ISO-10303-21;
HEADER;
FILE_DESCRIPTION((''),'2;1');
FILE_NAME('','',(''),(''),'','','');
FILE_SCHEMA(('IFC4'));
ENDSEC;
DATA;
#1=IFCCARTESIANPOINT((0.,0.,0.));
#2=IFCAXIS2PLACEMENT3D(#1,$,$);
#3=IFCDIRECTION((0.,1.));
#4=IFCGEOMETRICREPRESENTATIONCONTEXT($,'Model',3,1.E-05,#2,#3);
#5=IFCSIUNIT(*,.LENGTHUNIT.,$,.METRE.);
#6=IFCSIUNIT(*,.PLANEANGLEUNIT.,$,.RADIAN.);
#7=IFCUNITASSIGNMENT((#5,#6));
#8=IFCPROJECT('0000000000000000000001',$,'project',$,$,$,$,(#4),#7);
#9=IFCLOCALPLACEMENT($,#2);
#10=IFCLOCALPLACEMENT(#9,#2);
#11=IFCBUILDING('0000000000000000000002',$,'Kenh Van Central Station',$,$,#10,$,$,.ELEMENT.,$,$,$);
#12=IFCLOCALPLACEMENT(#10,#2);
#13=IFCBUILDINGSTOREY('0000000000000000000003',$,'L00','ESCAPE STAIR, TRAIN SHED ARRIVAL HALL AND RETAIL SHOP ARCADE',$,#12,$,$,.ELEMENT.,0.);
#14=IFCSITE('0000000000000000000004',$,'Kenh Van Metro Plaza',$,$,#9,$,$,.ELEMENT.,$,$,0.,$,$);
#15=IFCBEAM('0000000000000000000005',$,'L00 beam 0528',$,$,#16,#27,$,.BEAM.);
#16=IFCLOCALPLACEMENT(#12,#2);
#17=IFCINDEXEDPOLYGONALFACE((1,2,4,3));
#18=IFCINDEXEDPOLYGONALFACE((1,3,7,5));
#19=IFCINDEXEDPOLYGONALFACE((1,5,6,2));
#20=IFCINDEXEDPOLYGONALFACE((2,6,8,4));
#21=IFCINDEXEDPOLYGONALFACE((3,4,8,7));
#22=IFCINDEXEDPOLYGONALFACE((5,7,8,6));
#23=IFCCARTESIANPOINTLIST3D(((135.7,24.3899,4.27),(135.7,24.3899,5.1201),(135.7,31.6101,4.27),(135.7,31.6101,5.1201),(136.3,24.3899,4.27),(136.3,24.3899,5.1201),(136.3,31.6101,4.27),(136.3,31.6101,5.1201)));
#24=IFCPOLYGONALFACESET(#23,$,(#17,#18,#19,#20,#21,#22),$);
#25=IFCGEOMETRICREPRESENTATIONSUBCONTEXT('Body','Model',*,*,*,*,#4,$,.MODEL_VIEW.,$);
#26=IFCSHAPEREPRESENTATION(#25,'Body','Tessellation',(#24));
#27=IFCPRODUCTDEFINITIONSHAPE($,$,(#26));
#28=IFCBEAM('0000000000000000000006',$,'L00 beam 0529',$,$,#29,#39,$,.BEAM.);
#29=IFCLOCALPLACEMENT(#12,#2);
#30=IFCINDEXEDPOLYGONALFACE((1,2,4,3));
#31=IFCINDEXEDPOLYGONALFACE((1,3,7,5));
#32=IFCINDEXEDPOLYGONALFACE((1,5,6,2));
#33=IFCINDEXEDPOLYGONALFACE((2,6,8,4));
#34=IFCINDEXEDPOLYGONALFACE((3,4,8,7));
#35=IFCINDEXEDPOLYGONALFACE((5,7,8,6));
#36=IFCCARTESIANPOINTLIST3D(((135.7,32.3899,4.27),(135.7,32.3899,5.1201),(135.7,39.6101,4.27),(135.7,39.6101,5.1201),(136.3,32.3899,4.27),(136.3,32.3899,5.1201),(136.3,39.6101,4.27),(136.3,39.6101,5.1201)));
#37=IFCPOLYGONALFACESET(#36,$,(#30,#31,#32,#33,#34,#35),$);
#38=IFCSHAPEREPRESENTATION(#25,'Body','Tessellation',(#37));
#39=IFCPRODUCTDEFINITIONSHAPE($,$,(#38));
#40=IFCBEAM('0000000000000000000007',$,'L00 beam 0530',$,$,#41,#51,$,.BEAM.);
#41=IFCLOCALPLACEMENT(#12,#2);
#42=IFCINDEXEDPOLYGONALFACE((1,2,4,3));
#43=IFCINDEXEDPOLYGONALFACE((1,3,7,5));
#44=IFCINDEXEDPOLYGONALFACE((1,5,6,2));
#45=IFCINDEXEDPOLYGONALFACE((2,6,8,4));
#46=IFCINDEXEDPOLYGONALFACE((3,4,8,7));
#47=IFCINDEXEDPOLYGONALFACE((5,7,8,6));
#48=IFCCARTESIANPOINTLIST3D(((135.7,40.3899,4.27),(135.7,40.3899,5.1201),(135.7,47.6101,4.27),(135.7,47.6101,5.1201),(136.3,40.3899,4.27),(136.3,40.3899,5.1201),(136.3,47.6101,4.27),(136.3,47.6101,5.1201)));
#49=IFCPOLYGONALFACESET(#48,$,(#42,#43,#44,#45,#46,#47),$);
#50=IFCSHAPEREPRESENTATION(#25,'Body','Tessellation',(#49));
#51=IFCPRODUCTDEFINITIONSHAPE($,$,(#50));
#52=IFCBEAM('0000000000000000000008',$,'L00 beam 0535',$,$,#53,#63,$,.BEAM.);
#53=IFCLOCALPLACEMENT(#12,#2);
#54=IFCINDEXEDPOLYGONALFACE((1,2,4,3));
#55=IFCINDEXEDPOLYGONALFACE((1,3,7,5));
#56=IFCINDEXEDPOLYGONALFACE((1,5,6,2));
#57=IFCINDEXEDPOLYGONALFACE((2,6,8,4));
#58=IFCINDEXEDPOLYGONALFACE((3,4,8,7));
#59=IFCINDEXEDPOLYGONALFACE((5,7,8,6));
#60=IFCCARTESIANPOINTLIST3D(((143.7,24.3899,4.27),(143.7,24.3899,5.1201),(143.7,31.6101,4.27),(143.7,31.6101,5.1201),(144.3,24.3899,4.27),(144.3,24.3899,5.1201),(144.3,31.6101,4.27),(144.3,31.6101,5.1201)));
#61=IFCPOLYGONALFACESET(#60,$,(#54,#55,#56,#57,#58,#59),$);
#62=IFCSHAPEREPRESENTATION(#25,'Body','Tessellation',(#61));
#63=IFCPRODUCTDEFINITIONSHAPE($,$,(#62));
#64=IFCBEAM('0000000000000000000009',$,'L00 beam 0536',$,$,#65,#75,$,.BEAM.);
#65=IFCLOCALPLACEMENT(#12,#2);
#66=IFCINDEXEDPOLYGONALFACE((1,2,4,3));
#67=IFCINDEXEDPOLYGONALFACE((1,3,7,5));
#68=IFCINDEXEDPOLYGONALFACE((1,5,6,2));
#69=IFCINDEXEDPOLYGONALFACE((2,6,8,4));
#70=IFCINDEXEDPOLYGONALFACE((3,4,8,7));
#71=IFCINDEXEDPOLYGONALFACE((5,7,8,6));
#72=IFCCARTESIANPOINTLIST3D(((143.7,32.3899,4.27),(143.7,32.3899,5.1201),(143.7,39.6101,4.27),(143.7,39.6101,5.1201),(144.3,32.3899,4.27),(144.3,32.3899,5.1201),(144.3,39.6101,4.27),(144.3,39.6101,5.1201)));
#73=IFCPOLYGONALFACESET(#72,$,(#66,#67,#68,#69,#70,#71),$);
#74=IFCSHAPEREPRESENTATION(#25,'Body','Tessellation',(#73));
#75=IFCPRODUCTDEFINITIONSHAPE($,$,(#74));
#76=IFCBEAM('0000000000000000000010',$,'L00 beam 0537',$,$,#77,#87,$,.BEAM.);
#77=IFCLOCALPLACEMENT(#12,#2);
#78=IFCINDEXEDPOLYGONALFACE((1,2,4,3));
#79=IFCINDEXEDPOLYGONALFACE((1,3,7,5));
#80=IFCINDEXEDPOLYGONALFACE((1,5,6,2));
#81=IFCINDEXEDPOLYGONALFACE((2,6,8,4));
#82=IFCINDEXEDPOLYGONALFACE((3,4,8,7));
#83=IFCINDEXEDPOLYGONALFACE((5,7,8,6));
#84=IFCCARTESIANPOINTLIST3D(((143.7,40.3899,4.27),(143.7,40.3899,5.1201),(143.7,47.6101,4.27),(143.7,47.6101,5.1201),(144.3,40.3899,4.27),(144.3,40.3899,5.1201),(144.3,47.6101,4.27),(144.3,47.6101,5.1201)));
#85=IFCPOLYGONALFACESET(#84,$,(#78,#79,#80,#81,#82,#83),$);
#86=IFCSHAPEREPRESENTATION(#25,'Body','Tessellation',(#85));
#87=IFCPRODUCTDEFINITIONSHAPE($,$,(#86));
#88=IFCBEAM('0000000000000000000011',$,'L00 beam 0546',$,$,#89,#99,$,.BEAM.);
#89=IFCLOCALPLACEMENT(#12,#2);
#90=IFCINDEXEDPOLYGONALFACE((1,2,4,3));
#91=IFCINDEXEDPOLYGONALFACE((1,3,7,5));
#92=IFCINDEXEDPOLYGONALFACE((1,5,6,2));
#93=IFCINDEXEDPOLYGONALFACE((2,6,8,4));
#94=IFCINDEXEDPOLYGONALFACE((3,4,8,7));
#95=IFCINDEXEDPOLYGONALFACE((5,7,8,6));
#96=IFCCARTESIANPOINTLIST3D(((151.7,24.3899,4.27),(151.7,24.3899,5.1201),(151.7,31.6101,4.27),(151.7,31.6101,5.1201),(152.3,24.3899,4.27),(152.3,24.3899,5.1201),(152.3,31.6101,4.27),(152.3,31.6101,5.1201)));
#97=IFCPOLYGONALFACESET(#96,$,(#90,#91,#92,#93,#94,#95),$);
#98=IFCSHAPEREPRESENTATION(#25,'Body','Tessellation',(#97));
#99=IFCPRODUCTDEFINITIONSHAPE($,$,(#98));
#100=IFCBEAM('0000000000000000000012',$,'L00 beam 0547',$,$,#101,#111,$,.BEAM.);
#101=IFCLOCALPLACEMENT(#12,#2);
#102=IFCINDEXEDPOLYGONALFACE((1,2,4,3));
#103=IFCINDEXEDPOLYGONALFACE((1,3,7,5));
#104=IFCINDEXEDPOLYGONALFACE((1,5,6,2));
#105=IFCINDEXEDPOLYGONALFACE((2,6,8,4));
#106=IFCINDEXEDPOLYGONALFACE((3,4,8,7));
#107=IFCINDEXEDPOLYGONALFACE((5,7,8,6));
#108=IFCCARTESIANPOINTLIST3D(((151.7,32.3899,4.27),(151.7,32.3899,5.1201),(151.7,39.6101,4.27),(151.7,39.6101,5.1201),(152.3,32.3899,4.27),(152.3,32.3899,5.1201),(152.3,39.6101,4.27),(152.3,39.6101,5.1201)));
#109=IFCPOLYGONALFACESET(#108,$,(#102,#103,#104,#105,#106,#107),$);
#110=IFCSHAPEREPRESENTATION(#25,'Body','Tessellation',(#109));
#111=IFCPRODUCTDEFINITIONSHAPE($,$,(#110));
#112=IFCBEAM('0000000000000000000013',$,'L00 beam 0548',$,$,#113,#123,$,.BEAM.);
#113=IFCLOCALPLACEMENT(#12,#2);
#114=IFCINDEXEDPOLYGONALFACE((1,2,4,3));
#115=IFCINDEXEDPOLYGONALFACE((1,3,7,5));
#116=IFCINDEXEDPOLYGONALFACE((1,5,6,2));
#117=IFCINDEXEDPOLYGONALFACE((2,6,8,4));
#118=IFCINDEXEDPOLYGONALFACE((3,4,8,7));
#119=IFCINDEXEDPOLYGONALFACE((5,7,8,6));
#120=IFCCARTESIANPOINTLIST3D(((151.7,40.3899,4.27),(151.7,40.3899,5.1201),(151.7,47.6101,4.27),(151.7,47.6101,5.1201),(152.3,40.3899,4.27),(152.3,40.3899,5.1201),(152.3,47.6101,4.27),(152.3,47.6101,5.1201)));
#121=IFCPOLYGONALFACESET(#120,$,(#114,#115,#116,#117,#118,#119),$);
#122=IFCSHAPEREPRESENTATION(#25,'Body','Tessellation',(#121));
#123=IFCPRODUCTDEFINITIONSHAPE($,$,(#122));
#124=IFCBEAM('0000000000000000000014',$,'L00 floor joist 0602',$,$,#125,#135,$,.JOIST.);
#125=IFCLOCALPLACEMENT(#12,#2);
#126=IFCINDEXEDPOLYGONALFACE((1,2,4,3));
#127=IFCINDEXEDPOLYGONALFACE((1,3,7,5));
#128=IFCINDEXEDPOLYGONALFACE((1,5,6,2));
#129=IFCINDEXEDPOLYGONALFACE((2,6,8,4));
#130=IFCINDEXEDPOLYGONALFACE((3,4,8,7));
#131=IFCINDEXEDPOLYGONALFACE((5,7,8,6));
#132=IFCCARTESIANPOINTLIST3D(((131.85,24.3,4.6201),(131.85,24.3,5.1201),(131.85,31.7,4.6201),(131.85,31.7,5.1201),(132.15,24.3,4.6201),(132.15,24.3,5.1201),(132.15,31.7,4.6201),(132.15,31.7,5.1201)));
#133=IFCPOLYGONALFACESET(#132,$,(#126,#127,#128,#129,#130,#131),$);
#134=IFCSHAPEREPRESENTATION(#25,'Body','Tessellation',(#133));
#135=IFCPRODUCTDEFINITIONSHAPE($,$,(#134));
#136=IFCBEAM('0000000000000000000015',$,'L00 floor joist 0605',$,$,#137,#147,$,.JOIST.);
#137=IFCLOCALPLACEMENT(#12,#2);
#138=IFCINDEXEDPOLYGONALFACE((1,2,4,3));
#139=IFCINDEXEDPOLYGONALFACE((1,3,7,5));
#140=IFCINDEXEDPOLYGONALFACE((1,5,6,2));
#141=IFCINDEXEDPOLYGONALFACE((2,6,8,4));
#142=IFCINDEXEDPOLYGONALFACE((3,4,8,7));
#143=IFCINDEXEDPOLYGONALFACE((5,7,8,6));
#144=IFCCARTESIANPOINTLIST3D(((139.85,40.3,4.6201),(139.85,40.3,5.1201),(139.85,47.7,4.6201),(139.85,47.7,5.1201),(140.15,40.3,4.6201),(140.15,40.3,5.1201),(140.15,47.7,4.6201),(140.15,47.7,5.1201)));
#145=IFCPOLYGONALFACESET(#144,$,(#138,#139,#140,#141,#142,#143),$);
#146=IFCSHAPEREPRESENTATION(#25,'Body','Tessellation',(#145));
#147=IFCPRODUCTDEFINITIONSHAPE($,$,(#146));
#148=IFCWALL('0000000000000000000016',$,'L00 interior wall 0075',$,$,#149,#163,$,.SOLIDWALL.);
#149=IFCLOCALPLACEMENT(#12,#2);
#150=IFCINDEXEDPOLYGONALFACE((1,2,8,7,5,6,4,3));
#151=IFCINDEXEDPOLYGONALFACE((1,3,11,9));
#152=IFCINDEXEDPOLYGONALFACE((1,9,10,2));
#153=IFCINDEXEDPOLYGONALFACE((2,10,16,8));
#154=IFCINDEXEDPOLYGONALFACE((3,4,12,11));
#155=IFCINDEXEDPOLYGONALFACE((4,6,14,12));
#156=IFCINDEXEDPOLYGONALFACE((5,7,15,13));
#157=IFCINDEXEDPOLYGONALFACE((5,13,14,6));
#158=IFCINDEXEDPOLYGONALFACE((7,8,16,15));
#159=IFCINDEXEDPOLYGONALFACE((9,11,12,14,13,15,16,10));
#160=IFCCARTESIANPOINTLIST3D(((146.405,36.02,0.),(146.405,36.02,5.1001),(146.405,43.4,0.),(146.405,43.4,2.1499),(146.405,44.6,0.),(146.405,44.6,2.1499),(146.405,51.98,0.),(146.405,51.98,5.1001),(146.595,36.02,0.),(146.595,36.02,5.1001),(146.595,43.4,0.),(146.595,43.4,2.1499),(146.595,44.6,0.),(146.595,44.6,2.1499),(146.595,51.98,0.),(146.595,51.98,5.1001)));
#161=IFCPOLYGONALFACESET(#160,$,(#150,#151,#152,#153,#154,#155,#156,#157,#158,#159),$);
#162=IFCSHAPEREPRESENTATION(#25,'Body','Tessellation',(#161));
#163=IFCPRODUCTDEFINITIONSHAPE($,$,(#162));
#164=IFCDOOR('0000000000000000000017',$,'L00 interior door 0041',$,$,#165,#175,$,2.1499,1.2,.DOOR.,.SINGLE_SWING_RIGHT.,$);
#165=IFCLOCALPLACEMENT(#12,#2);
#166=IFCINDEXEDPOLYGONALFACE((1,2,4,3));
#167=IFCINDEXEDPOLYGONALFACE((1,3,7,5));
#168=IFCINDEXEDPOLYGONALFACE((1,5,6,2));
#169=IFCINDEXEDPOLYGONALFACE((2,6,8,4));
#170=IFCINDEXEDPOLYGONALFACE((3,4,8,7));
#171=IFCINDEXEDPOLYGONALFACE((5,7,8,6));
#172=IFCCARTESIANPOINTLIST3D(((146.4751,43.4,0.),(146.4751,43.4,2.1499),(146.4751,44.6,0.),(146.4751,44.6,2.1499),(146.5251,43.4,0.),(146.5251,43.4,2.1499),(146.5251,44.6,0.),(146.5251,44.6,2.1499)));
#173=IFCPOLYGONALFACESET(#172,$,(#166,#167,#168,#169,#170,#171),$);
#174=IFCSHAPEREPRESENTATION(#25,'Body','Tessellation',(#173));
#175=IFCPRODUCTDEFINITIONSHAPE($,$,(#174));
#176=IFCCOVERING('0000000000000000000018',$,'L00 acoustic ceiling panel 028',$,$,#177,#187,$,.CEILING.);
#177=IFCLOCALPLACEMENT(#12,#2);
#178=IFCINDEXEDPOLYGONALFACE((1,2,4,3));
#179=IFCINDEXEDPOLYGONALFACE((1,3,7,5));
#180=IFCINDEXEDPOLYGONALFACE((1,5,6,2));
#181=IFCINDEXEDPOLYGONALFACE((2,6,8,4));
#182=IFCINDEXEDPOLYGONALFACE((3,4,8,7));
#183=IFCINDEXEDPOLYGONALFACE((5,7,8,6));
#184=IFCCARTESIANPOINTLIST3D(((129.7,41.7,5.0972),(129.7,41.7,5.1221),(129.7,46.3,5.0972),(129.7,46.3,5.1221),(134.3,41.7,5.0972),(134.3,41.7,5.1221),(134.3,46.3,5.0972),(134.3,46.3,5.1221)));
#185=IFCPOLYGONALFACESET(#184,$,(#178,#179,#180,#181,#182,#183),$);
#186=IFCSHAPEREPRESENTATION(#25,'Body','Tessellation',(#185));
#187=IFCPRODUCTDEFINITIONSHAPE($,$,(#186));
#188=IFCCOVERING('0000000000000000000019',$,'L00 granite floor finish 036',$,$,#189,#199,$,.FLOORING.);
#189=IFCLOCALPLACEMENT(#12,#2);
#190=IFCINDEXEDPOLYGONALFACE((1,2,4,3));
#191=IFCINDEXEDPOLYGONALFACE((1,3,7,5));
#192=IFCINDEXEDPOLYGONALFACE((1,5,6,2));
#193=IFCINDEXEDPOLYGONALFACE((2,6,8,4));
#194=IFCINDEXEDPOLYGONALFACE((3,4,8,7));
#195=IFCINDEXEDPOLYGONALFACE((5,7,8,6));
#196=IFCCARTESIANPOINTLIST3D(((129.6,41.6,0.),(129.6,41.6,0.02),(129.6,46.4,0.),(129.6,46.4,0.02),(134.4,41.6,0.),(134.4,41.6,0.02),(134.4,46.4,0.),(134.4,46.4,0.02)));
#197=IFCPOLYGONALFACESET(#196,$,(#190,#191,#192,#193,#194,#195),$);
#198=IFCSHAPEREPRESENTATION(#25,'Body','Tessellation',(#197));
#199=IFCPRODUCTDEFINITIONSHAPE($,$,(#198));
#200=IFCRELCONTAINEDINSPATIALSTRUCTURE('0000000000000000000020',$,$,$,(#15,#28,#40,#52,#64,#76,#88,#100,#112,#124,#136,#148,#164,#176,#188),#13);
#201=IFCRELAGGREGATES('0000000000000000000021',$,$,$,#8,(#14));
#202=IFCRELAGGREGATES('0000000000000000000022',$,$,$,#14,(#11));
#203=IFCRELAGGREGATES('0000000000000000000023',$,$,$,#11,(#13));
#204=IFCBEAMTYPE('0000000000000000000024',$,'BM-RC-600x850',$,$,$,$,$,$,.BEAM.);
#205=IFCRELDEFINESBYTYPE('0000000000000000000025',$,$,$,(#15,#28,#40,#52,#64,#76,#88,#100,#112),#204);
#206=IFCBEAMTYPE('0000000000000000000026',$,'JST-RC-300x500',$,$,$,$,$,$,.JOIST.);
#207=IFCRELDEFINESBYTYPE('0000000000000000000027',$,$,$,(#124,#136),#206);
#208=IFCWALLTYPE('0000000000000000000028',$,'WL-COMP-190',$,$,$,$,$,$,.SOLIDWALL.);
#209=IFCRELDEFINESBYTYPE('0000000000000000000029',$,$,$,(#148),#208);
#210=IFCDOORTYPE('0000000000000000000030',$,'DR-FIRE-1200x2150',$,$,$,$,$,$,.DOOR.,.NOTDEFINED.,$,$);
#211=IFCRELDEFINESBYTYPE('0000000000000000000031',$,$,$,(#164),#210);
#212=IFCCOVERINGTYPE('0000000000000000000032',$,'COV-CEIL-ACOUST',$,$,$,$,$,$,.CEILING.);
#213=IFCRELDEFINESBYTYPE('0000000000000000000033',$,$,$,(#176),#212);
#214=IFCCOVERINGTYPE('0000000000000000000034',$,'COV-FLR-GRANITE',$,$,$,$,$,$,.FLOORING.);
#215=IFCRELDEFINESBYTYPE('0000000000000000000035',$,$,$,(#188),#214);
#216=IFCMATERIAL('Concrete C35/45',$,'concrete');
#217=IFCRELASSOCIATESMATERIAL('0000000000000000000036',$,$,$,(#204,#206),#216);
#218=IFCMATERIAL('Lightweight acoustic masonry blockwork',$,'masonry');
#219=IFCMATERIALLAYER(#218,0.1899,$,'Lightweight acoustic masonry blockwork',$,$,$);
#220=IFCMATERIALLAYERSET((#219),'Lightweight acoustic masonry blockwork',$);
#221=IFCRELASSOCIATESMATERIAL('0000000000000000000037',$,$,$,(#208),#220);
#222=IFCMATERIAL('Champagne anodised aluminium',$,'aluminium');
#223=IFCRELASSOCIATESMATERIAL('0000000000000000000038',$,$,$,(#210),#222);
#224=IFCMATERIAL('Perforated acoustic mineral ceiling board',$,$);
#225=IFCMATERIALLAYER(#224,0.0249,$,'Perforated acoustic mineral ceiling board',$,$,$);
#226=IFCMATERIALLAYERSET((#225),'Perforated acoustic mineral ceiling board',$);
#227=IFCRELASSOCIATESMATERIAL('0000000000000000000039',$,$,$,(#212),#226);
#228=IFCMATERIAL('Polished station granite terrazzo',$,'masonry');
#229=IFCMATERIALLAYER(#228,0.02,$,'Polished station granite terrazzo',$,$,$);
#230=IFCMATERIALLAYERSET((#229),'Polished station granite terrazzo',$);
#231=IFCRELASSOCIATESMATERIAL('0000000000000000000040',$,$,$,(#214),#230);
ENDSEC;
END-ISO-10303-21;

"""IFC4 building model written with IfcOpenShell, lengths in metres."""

from ifc_helpers import new_model, si_unit, direction, frame, frame_2d, origin, origin_2d, place, context, subcontext, project, spatial, rectangle, extrude, material, layer, layer_set, material_profile, profile_set, type_object, element, fill, save


model = new_model("IFC4")

# Units and contexts
model_context = context("Model", 3, precision=1e-05, world=origin(), true_north=direction((0.0, 1.0)))
body_context = subcontext(model_context, "Body", "Model", "MODEL_VIEW")
ifc_project = project(units=[si_unit("LENGTHUNIT", "METRE"), si_unit("PLANEANGLEUNIT", "RADIAN")], contexts=[model_context])

# Site, building, storey
site_placement = place(None, origin())
site = spatial("IfcSite", under=ifc_project, at=site_placement, Name="Kenh Van Metro Plaza", CompositionType="ELEMENT", RefElevation=0.0)
building_placement = place(site_placement, origin())
building = spatial("IfcBuilding", under=site, at=building_placement, Name="Kenh Van Central Station", CompositionType="ELEMENT")
storey_placement = place(building_placement, origin())
storey = spatial("IfcBuildingStorey", under=building, at=storey_placement, Name="L00", Description="ESCAPE STAIR, TRAIN SHED ARRIVAL HALL AND RETAIL SHOP ARCADE", CompositionType="ELEMENT", Elevation=0.0)

# Beams
ifc_material_1 = material(Name="Concrete C35/45", Category="concrete")
ifc_material_profile_1 = material_profile(ifc_material_1, rectangle(XDim=0.6001, YDim=0.8501, at=origin_2d()), Name="RC 600x850")
ifc_profile_set_1 = profile_set([ifc_material_profile_1], Name="Concrete C35/45")
beam_type_1 = type_object("IfcBeamType", Name="BM-RC-600x850", PredefinedType="BEAM", material=ifc_profile_set_1)
for number, where, z_axis, x_axis, name in (
    (1, (136.0, 24.3899, 4.6951), (0.0, 1.0, 0.0), (-1.0, 0.0, 0.0), "L00 beam 0528"),
    (2, (136.0, 32.3899, 4.6951), (0.0, 1.0, 0.0), (-1.0, 0.0, 0.0), "L00 beam 0529"),
    (3, (136.0, 40.3899, 4.6951), (0.0, 1.0, 0.0), (-1.0, 0.0, 0.0), "L00 beam 0530"),
    (4, (144.0, 24.3899, 4.6951), (0.0, 1.0, 0.0), (-1.0, 0.0, 0.0), "L00 beam 0535"),
    (5, (144.0, 32.3899, 4.6951), (0.0, 1.0, 0.0), (-1.0, 0.0, 0.0), "L00 beam 0536"),
    (6, (144.0, 40.3899, 4.6951), (0.0, 1.0, 0.0), (-1.0, 0.0, 0.0), "L00 beam 0537"),
    (7, (152.0, 24.3899, 4.6951), (0.0, 1.0, 0.0), (-1.0, 0.0, 0.0), "L00 beam 0546"),
    (8, (152.0, 32.3899, 4.6951), (0.0, 1.0, 0.0), (-1.0, 0.0, 0.0), "L00 beam 0547"),
    (9, (152.0, 40.3899, 4.6951), (0.0, 1.0, 0.0), (-1.0, 0.0, 0.0), "L00 beam 0548"),
):
    element("IfcBeam", number, at=place(storey_placement, frame(where, z_axis=z_axis, x_axis=x_axis)), inside=storey, type_object=beam_type_1, Name=name, PredefinedType="BEAM", context=body_context, shape_type="SweptSolid", body=[
        extrude(rectangle(XDim=0.6001, YDim=0.8501, at=origin_2d()), origin(), (0.0, 0.0, 1.0), 7.2202),
    ])
ifc_material_profile_2 = material_profile(ifc_material_1, rectangle(XDim=0.3, YDim=0.5, at=origin_2d()), Name="RC 300x500")
ifc_profile_set_2 = profile_set([ifc_material_profile_2], Name="Concrete C35/45")
beam_type_2 = type_object("IfcBeamType", Name="JST-RC-300x500", PredefinedType="JOIST", material=ifc_profile_set_2)
for number, where, z_axis, x_axis, name in (
    (10, (132.0, 24.3, 4.8701), (0.0, 1.0, 0.0), (-1.0, 0.0, 0.0), "L00 floor joist 0602"),
    (11, (140.0, 40.3, 4.8701), (0.0, 1.0, 0.0), (-1.0, 0.0, 0.0), "L00 floor joist 0605"),
):
    element("IfcBeam", number, at=place(storey_placement, frame(where, z_axis=z_axis, x_axis=x_axis)), inside=storey, type_object=beam_type_2, Name=name, PredefinedType="JOIST", context=body_context, shape_type="SweptSolid", body=[
        extrude(rectangle(XDim=0.3, YDim=0.5, at=origin_2d()), origin(), (0.0, 0.0, 1.0), 7.3999),
    ])

# Wall, opening, door
ifc_material_2 = material(Name="Lightweight acoustic masonry blockwork", Category="masonry")
ifc_layer_1 = layer(ifc_material_2, 0.1899, Name="Lightweight acoustic masonry blockwork")
ifc_layer_set_1 = layer_set([ifc_layer_1], Name="Lightweight acoustic masonry blockwork")
wall_type = type_object("IfcWallType", Name="WL-COMP-190", PredefinedType="SOLIDWALL", material=ifc_layer_set_1)
wall_placement = place(storey_placement, frame((146.5, 36.02, 0.0), z_axis=(0.0, 0.0, 1.0), x_axis=(0.0, 1.0, 0.0)))
wall = element("IfcWall", 12, at=wall_placement, inside=storey, type_object=wall_type, Name="L00 interior wall 0075", PredefinedType="SOLIDWALL", context=body_context, shape_type="SweptSolid", body=[
    extrude(rectangle(XDim=15.96, YDim=0.1899, at=frame_2d((7.98, 0.0))), origin(), (0.0, 0.0, 1.0), 5.1001),
])
opening_placement = place(wall_placement, frame((7.3799, 0.0, 0.0)))
opening = element("IfcOpeningElement", 13, at=opening_placement, cuts=wall, PredefinedType="OPENING", context=body_context, shape_type="SweptSolid", body=[
    extrude(rectangle(XDim=1.2, YDim=2.1499, at=frame_2d((0.6001, 1.075))), frame((0.0, 0.105, 0.0), z_axis=(0.0, -1.0, 0.0), x_axis=(1.0, 0.0, 0.0)), (0.0, 0.0, 1.0), 0.21),
])
ifc_material_3 = material(Name="Champagne anodised aluminium", Category="aluminium")
door_type = type_object("IfcDoorType", Name="DR-FIRE-1200x2150", OperationType="NOTDEFINED", PredefinedType="DOOR", material=ifc_material_3)
door_placement = place(opening_placement, origin())
door = element("IfcDoor", 14, at=door_placement, inside=storey, type_object=door_type, Name="L00 interior door 0041", OperationType="SINGLE_SWING_RIGHT", OverallHeight=2.1499, OverallWidth=1.2, PredefinedType="DOOR", context=body_context, shape_type="SweptSolid", body=[
    extrude(rectangle(XDim=1.2, YDim=2.1499, at=frame_2d((0.6001, 1.075))), frame((0.0, 0.0249, 0.0), z_axis=(0.0, -1.0, 0.0), x_axis=(1.0, 0.0, 0.0)), (0.0, 0.0, 1.0), 0.05),
])
fill(opening, door)

# Coverings
ifc_material_4 = material(Name="Perforated acoustic mineral ceiling board")
ifc_layer_2 = layer(ifc_material_4, 0.0249, Name="Perforated acoustic mineral ceiling board")
ifc_layer_set_2 = layer_set([ifc_layer_2], Name="Perforated acoustic mineral ceiling board")
covering_type_1 = type_object("IfcCoveringType", Name="COV-CEIL-ACOUST", PredefinedType="CEILING", material=ifc_layer_set_2)
covering_1_placement = place(storey_placement, frame((132.0, 44.0, 5.0972), z_axis=(0.0, 0.0, 1.0), x_axis=(1.0, 0.0, 0.0)))
element("IfcCovering", 15, at=covering_1_placement, inside=storey, type_object=covering_type_1, Name="L00 acoustic ceiling panel 028", PredefinedType="CEILING", context=body_context, shape_type="SweptSolid", body=[
    extrude(rectangle(XDim=4.6001, YDim=4.6001, at=origin_2d()), origin(), (0.0, 0.0, 1.0), 0.0249),
])
ifc_material_5 = material(Name="Polished station granite terrazzo", Category="masonry")
ifc_layer_3 = layer(ifc_material_5, 0.02, Name="Polished station granite terrazzo")
ifc_layer_set_3 = layer_set([ifc_layer_3], Name="Polished station granite terrazzo")
covering_type_2 = type_object("IfcCoveringType", Name="COV-FLR-GRANITE", PredefinedType="FLOORING", material=ifc_layer_set_3)
covering_2_placement = place(storey_placement, frame((132.0, 44.0, 0.0), z_axis=(0.0, 0.0, 1.0), x_axis=(1.0, 0.0, 0.0)))
element("IfcCovering", 16, at=covering_2_placement, inside=storey, type_object=covering_type_2, Name="L00 granite floor finish 036", PredefinedType="FLOORING", context=body_context, shape_type="SweptSolid", body=[
    extrude(rectangle(XDim=4.8, YDim=4.8, at=origin_2d()), origin(), (0.0, 0.0, 1.0), 0.02),
])

save(model, "model.ifc")
